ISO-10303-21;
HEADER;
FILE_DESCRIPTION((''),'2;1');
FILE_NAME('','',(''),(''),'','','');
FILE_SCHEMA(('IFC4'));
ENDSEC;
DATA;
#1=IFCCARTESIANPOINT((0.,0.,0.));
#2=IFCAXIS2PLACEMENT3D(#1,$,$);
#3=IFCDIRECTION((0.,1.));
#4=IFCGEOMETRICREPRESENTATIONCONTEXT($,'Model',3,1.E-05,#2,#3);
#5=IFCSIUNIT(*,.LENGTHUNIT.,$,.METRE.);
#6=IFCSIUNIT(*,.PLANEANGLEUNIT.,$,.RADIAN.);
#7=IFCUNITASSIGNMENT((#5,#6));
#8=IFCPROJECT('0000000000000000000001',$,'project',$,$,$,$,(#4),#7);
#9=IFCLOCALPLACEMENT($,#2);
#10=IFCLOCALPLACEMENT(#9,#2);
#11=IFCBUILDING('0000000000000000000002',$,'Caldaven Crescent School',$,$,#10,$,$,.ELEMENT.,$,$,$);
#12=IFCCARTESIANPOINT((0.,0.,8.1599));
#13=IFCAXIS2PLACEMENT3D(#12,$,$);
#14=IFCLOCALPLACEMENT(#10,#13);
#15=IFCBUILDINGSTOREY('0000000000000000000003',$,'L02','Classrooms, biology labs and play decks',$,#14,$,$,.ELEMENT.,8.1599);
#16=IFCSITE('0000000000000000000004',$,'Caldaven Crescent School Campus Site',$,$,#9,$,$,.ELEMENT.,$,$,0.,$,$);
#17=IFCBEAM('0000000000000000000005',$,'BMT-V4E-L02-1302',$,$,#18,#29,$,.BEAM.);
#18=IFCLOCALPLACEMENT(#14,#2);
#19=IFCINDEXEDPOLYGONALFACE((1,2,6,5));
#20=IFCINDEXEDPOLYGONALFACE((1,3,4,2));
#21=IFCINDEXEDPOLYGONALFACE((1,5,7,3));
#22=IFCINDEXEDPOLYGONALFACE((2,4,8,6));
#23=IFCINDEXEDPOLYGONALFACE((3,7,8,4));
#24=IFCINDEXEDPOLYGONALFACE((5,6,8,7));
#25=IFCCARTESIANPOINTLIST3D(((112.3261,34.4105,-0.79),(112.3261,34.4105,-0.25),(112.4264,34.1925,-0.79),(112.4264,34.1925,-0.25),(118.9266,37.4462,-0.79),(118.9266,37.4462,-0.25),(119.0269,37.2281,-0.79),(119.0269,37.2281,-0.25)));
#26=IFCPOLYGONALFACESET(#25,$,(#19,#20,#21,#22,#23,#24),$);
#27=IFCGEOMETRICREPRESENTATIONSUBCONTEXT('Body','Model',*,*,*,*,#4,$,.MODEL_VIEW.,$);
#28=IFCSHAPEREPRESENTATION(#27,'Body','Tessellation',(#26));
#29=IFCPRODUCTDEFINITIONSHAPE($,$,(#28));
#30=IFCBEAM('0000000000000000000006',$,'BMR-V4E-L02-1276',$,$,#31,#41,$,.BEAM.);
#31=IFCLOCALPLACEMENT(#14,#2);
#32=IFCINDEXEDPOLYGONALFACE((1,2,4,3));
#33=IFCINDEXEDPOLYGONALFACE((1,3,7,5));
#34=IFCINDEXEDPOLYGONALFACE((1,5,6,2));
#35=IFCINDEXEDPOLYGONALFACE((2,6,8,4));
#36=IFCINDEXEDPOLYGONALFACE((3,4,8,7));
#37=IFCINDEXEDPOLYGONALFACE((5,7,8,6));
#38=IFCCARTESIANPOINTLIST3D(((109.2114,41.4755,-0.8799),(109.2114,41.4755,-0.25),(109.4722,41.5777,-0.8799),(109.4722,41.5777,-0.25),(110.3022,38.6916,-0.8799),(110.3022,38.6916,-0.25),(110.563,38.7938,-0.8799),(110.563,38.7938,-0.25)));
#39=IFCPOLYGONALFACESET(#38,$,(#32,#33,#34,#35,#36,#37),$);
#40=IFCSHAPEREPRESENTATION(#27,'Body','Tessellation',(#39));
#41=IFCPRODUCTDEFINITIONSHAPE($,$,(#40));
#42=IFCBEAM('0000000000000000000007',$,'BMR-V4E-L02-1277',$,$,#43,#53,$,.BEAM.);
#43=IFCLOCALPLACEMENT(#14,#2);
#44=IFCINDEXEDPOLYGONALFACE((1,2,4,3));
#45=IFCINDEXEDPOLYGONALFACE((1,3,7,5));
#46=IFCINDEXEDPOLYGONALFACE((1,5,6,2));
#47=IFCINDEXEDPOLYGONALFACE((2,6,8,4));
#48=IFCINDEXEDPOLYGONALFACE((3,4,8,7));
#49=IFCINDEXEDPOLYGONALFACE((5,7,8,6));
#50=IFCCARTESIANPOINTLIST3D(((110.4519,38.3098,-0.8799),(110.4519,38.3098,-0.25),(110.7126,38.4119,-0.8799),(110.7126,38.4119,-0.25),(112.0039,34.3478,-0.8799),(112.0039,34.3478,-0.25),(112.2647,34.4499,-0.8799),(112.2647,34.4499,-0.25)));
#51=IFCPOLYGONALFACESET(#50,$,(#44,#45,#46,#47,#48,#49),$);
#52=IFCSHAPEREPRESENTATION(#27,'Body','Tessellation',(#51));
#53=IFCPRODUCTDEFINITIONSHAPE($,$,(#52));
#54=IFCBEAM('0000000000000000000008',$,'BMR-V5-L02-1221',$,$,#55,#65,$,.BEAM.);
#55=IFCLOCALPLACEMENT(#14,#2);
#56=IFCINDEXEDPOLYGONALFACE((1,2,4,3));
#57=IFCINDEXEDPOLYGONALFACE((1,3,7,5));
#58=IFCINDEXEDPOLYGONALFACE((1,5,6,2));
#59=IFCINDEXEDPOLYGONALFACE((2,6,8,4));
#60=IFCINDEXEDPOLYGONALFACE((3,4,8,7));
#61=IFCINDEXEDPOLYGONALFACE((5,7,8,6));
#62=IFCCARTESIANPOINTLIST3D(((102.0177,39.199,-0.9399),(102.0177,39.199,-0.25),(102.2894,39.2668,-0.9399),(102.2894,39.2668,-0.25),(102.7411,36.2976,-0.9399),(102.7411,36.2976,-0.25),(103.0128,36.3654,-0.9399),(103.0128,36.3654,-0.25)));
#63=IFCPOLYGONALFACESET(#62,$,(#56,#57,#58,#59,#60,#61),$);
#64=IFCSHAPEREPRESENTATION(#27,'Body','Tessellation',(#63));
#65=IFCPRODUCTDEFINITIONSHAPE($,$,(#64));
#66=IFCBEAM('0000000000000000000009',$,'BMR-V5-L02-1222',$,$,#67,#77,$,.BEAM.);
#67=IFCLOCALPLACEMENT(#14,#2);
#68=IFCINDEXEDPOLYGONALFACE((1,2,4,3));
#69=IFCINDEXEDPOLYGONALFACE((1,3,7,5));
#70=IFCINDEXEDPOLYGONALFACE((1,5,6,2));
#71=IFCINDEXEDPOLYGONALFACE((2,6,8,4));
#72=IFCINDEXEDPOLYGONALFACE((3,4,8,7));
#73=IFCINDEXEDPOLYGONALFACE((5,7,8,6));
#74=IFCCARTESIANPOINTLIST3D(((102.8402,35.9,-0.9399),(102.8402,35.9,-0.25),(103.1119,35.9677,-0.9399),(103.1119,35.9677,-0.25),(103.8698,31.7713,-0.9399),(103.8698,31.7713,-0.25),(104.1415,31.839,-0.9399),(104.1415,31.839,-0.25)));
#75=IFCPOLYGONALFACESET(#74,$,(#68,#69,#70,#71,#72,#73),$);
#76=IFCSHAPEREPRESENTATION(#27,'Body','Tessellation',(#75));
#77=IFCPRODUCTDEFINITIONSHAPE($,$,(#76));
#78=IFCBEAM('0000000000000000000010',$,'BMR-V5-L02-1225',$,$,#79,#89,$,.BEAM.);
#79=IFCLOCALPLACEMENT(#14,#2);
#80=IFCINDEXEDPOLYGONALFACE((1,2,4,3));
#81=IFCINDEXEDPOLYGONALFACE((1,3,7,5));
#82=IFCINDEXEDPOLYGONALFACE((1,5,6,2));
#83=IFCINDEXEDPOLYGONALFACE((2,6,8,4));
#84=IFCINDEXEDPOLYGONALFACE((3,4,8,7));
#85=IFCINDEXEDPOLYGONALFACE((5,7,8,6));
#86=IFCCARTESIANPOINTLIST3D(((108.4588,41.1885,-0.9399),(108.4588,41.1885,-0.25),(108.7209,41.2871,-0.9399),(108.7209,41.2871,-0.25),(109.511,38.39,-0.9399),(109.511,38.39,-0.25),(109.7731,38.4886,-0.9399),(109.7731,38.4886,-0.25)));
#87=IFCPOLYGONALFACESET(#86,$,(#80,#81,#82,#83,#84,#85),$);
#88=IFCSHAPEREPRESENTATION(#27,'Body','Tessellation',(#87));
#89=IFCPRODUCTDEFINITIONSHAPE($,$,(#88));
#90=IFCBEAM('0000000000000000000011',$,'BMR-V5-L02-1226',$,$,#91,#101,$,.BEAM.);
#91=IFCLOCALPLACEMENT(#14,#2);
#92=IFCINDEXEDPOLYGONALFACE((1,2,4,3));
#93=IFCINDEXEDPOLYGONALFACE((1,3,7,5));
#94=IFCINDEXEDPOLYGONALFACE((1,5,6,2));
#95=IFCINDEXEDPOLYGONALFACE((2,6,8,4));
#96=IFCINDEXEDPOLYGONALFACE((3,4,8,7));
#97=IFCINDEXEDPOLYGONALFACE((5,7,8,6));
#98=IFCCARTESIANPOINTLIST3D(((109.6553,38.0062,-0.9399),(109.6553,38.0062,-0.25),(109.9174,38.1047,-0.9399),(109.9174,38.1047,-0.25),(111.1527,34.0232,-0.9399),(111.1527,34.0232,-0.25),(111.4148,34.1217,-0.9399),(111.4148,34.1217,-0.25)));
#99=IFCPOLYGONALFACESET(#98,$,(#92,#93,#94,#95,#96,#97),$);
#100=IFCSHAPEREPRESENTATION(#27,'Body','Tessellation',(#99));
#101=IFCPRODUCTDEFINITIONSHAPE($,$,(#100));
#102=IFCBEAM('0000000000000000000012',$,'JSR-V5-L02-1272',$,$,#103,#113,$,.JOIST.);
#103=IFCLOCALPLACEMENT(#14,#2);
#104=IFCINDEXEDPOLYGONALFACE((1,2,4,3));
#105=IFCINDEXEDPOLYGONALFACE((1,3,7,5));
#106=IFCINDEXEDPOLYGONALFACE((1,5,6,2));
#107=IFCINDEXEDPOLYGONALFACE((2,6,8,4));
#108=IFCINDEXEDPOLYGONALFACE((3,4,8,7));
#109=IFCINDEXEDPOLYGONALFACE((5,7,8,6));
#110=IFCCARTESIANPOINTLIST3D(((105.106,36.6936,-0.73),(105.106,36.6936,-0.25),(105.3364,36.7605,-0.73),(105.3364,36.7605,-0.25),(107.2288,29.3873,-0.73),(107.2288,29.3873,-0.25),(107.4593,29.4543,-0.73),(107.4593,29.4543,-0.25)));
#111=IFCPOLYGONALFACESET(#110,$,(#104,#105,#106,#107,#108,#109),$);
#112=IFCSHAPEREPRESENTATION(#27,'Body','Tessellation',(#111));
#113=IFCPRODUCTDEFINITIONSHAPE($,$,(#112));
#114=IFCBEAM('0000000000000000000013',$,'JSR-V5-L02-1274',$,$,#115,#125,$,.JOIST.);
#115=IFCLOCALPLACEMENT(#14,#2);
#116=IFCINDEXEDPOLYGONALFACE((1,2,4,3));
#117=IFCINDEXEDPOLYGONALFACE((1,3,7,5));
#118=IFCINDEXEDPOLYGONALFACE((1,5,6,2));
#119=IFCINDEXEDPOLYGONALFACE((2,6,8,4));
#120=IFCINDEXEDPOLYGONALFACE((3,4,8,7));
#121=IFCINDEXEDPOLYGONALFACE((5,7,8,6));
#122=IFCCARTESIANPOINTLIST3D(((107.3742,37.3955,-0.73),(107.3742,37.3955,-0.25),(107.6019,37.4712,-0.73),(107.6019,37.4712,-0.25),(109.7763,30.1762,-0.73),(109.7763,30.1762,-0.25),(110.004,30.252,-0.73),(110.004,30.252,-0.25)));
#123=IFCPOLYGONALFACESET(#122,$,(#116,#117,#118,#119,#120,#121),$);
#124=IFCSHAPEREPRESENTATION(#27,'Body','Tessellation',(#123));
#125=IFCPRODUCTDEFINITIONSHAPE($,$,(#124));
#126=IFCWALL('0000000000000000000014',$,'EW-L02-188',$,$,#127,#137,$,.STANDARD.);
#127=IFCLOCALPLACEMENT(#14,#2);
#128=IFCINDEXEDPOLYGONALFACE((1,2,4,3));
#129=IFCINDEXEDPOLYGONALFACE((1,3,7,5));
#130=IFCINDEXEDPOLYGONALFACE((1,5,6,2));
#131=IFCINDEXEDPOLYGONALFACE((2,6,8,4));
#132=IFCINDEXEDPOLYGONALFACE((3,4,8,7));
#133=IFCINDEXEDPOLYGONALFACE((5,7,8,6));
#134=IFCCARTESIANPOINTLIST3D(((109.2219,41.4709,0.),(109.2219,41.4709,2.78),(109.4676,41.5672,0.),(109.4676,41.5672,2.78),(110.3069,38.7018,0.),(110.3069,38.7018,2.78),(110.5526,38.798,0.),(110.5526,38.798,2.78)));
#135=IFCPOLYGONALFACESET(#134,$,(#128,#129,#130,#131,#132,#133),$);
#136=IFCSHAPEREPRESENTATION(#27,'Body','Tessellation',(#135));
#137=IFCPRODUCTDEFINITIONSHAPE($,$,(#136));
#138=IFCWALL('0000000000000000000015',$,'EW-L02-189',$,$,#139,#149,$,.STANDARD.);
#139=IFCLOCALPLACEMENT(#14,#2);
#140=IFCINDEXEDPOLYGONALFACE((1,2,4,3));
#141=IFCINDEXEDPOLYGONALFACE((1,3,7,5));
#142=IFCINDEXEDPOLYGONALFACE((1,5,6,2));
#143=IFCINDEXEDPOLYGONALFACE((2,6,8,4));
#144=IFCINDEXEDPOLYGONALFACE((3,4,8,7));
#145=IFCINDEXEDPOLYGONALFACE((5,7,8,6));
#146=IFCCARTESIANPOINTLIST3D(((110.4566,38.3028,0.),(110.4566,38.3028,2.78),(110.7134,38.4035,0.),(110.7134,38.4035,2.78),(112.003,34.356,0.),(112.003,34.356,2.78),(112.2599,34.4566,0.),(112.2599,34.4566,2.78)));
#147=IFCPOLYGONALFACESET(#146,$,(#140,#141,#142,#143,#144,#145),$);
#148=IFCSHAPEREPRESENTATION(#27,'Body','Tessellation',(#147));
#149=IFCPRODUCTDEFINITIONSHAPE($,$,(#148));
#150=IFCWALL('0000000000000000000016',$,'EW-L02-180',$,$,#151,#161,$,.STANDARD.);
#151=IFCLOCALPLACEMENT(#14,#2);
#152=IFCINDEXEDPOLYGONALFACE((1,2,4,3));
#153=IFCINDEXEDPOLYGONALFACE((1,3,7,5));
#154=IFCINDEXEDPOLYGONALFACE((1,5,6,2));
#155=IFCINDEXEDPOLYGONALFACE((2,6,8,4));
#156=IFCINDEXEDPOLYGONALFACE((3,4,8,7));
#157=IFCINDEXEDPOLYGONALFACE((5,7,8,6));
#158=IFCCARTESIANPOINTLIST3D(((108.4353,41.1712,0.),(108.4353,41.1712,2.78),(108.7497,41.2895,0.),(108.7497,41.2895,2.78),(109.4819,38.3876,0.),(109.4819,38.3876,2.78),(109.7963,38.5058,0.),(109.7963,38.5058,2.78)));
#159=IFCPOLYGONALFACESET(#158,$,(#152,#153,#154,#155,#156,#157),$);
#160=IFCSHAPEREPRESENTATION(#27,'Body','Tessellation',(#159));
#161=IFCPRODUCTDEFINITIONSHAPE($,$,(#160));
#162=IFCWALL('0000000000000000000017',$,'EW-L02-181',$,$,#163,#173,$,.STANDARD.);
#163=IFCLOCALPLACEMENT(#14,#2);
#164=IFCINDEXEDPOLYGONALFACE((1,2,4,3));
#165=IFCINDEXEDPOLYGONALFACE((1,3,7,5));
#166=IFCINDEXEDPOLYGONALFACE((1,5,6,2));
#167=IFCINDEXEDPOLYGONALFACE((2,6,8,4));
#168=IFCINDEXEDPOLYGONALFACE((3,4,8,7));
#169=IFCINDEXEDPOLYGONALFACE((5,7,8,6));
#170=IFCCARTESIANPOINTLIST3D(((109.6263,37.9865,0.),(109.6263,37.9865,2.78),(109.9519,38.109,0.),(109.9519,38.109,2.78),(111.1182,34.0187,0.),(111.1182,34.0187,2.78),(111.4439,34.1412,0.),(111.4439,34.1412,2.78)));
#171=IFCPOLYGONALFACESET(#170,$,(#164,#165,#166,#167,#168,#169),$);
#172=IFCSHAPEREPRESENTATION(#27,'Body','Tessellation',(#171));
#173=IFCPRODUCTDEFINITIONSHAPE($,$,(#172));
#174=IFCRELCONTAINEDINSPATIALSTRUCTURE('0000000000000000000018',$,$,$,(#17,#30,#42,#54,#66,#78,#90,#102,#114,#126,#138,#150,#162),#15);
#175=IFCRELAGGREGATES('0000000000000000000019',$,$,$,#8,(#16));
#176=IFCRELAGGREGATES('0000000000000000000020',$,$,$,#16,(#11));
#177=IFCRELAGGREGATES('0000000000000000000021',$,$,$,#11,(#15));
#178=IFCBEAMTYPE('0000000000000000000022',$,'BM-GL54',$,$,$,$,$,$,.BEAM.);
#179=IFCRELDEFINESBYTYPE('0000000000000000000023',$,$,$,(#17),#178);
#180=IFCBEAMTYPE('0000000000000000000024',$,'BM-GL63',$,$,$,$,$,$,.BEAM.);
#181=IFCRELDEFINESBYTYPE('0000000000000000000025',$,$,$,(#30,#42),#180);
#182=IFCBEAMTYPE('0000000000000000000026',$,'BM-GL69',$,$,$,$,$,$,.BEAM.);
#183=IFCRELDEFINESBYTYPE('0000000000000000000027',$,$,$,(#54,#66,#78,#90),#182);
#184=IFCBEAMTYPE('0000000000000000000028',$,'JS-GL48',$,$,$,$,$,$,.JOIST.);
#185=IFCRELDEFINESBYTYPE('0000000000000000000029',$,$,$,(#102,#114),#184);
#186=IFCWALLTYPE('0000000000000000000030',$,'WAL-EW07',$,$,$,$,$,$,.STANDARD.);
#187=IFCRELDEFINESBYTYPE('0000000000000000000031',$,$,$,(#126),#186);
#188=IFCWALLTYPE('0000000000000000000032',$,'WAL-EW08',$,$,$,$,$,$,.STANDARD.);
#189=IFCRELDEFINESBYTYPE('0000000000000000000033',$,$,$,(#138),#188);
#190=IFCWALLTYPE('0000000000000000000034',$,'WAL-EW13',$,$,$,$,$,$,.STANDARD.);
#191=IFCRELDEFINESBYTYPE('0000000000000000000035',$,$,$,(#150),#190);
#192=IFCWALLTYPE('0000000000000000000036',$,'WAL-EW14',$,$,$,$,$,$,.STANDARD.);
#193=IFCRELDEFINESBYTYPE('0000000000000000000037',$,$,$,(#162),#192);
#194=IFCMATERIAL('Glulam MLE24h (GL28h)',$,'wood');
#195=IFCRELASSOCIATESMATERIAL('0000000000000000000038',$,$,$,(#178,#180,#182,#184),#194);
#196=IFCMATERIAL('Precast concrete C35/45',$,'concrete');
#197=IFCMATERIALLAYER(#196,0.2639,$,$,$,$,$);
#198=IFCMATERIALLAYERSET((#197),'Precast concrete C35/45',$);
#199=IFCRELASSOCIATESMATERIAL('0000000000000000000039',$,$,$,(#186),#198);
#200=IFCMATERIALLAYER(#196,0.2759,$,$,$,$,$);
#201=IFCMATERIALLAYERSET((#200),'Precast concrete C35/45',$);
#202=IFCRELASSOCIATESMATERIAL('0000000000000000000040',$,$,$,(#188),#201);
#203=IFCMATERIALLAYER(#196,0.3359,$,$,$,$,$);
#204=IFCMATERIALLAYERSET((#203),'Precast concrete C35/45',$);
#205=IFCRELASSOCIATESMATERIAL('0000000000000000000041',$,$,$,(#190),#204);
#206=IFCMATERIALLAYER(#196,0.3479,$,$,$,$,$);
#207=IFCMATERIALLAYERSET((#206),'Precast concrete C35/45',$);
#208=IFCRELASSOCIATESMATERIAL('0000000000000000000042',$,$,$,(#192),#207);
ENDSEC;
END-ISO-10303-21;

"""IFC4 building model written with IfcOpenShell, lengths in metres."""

from ifc_helpers import new_model, si_unit, direction, frame, frame_2d, origin, origin_2d, place, context, subcontext, project, spatial, rectangle, extrude, material, layer, layer_set, material_profile, profile_set, type_object, element, save


model = new_model("IFC4")

# Units and contexts
model_context = context("Model", 3, precision=1e-05, world=origin(), true_north=direction((0.0, 1.0)))
body_context = subcontext(model_context, "Body", "Model", "MODEL_VIEW")
ifc_project = project(units=[si_unit("LENGTHUNIT", "METRE"), si_unit("PLANEANGLEUNIT", "RADIAN")], contexts=[model_context])

# Site, building, storey
site_placement = place(None, origin())
site = spatial("IfcSite", under=ifc_project, at=site_placement, Name="Caldaven Crescent School Campus Site", CompositionType="ELEMENT", RefElevation=0.0)
building_placement = place(site_placement, origin())
building = spatial("IfcBuilding", under=site, at=building_placement, Name="Caldaven Crescent School", CompositionType="ELEMENT")
storey_placement = place(building_placement, frame((0.0, 0.0, 8.1599)))
storey = spatial("IfcBuildingStorey", under=building, at=storey_placement, Name="L02", Description="Classrooms, biology labs and play decks", CompositionType="ELEMENT", Elevation=8.1599)

# Shared definitions
ifc_material_1 = material(Name="Glulam MLE24h (GL28h)", Category="wood")

# Beams
ifc_material_profile_1 = material_profile(ifc_material_1, rectangle(XDim=0.24, YDim=0.54, at=origin_2d()), Name="MLE 240x540")
ifc_profile_set_1 = profile_set([ifc_material_profile_1], Name="Glulam MLE24h (GL28h)")
beam_type_1 = type_object("IfcBeamType", Name="BM-GL54", PredefinedType="BEAM", material=ifc_profile_set_1)
beam_1_placement = place(storey_placement, frame((112.3762, 34.3015, -0.52), z_axis=(0.908523, 0.417835, 0.0), x_axis=(-0.417835, 0.908523, 0.0)))
element("IfcBeam", 1, at=beam_1_placement, inside=storey, type_object=beam_type_1, Name="BMT-V4E-L02-1302", PredefinedType="BEAM", context=body_context, shape_type="SweptSolid", body=[
    extrude(rectangle(XDim=0.24, YDim=0.54, at=origin_2d()), origin(), (0.0, 0.0, 1.0), 7.2651),
])
ifc_material_profile_2 = material_profile(ifc_material_1, rectangle(XDim=0.28, YDim=0.6299, at=origin_2d()), Name="MLE 280x630")
ifc_profile_set_2 = profile_set([ifc_material_profile_2], Name="Glulam MLE24h (GL28h)")
beam_type_2 = type_object("IfcBeamType", Name="BM-GL63", PredefinedType="BEAM", material=ifc_profile_set_2)
beam_2_placement = place(storey_placement, frame((109.3418, 41.5266, -0.5649), z_axis=(0.364821, -0.931078, 0.0), x_axis=(0.931078, 0.364821, 0.0)))
element("IfcBeam", 2, at=beam_2_placement, inside=storey, type_object=beam_type_2, Name="BMR-V4E-L02-1276", PredefinedType="BEAM", context=body_context, shape_type="SweptSolid", body=[
    extrude(rectangle(XDim=0.28, YDim=0.6299, at=origin_2d()), origin(), (0.0, 0.0, 1.0), 2.99),
])
beam_3_placement = place(storey_placement, frame((110.5823, 38.3608, -0.5649), z_axis=(0.364743, -0.931108, 0.0), x_axis=(0.931108, 0.364743, 0.0)))
element("IfcBeam", 3, at=beam_3_placement, inside=storey, type_object=beam_type_2, Name="BMR-V4E-L02-1277", PredefinedType="BEAM", context=body_context, shape_type="SweptSolid", body=[
    extrude(rectangle(XDim=0.28, YDim=0.6299, at=origin_2d()), origin(), (0.0, 0.0, 1.0), 4.2551),
])
ifc_material_profile_3 = material_profile(ifc_material_1, rectangle(XDim=0.28, YDim=0.6899, at=origin_2d()), Name="MLE 280x690")
ifc_profile_set_3 = profile_set([ifc_material_profile_3], Name="Glulam MLE24h (GL28h)")
beam_type_3 = type_object("IfcBeamType", Name="BM-GL69", PredefinedType="BEAM", material=ifc_profile_set_3)
beam_4_placement = place(storey_placement, frame((102.1536, 39.2329, -0.595), z_axis=(0.241921, -0.970296, 0.0), x_axis=(0.970296, 0.241921, 0.0)))
element("IfcBeam", 4, at=beam_4_placement, inside=storey, type_object=beam_type_3, Name="BMR-V5-L02-1221", PredefinedType="BEAM", context=body_context, shape_type="SweptSolid", body=[
    extrude(rectangle(XDim=0.28, YDim=0.6899, at=origin_2d()), origin(), (0.0, 0.0, 1.0), 2.9902),
])
beam_5_placement = place(storey_placement, frame((102.9761, 35.9338, -0.595), z_axis=(0.241955, -0.970287, 0.0), x_axis=(0.970287, 0.241955, 0.0)))
element("IfcBeam", 5, at=beam_5_placement, inside=storey, type_object=beam_type_3, Name="BMR-V5-L02-1222", PredefinedType="BEAM", context=body_context, shape_type="SweptSolid", body=[
    extrude(rectangle(XDim=0.28, YDim=0.6899, at=origin_2d()), origin(), (0.0, 0.0, 1.0), 4.2551),
])
beam_6_placement = place(storey_placement, frame((108.5898, 41.2378, -0.595), z_axis=(0.351938, -0.936023, 0.0), x_axis=(0.936023, 0.351938, 0.0)))
element("IfcBeam", 6, at=beam_6_placement, inside=storey, type_object=beam_type_3, Name="BMR-V5-L02-1225", PredefinedType="BEAM", context=body_context, shape_type="SweptSolid", body=[
    extrude(rectangle(XDim=0.28, YDim=0.6899, at=origin_2d()), origin(), (0.0, 0.0, 1.0), 2.9897),
])
beam_7_placement = place(storey_placement, frame((109.7864, 38.0554, -0.595), z_axis=(0.35189, -0.936041, 0.0), x_axis=(0.936041, 0.35189, 0.0)))
element("IfcBeam", 7, at=beam_7_placement, inside=storey, type_object=beam_type_3, Name="BMR-V5-L02-1226", PredefinedType="BEAM", context=body_context, shape_type="SweptSolid", body=[
    extrude(rectangle(XDim=0.28, YDim=0.6899, at=origin_2d()), origin(), (0.0, 0.0, 1.0), 4.2551),
])
ifc_material_profile_4 = material_profile(ifc_material_1, rectangle(XDim=0.24, YDim=0.48, at=origin_2d()), Name="MLE 240x480")
ifc_profile_set_4 = profile_set([ifc_material_profile_4], Name="Glulam MLE24h (GL28h)")
beam_type_4 = type_object("IfcBeamType", Name="JS-GL48", PredefinedType="JOIST", material=ifc_profile_set_4)
for number, where, z_axis, x_axis, name in (
    (8, (105.2212, 36.7271, -0.49), (0.279012, -0.960288, 0.0), (0.960288, 0.279012, 0.0), "JSR-V5-L02-1272"),
    (9, (107.488, 37.4333, -0.49), (0.315718, -0.948853, 0.0), (0.948853, 0.315718, 0.0), "JSR-V5-L02-1274"),
):
    element("IfcBeam", number, at=place(storey_placement, frame(where, z_axis=z_axis, x_axis=x_axis)), inside=storey, type_object=beam_type_4, Name=name, PredefinedType="JOIST", context=body_context, shape_type="SweptSolid", body=[
        extrude(rectangle(XDim=0.24, YDim=0.48, at=origin_2d()), origin(), (0.0, 0.0, 1.0), 7.6084),
    ])

# Walls
ifc_material_2 = material(Name="Precast concrete C35/45", Category="concrete")
ifc_layer_1 = layer(ifc_material_2, 0.2639)
ifc_layer_set_1 = layer_set([ifc_layer_1], Name="Precast concrete C35/45")
wall_type_1 = type_object("IfcWallType", Name="WAL-EW07", PredefinedType="STANDARD", material=ifc_layer_set_1)
wall_1_placement = place(storey_placement, frame((109.3447, 41.519, 0.0), z_axis=(0.0, 0.0, 1.0), x_axis=(0.364814, -0.93108, 0.0)))
element("IfcWall", 10, at=wall_1_placement, inside=storey, type_object=wall_type_1, Name="EW-L02-188", PredefinedType="STANDARD", context=body_context, shape_type="SweptSolid", body=[
    extrude(rectangle(XDim=2.9741, YDim=0.2639, at=frame_2d((1.4871, 0.0))), origin(), (0.0, 0.0, 1.0), 2.78),
])
ifc_layer_2 = layer(ifc_material_2, 0.2759)
ifc_layer_set_2 = layer_set([ifc_layer_2], Name="Precast concrete C35/45")
wall_type_2 = type_object("IfcWallType", Name="WAL-EW08", PredefinedType="STANDARD", material=ifc_layer_set_2)
wall_2_placement = place(storey_placement, frame((110.585, 38.3533, 0.0), z_axis=(0.0, 0.0, 1.0), x_axis=(0.364808, -0.931083, 0.0)))
element("IfcWall", 11, at=wall_2_placement, inside=storey, type_object=wall_type_2, Name="EW-L02-189", PredefinedType="STANDARD", context=body_context, shape_type="SweptSolid", body=[
    extrude(rectangle(XDim=4.239, YDim=0.2759, at=frame_2d((2.1196, 0.0))), origin(), (0.0, 0.0, 1.0), 2.78),
])
ifc_layer_3 = layer(ifc_material_2, 0.3359)
ifc_layer_set_3 = layer_set([ifc_layer_3], Name="Precast concrete C35/45")
wall_type_3 = type_object("IfcWallType", Name="WAL-EW13", PredefinedType="STANDARD", material=ifc_layer_set_3)
wall_3_placement = place(storey_placement, frame((108.5925, 41.2302, 0.0), z_axis=(0.0, 0.0, 1.0), x_axis=(0.351933, -0.936025, 0.0)))
element("IfcWall", 12, at=wall_3_placement, inside=storey, type_object=wall_type_3, Name="EW-L02-180", PredefinedType="STANDARD", context=body_context, shape_type="SweptSolid", body=[
    extrude(rectangle(XDim=2.9739, YDim=0.3359, at=frame_2d((1.4868, 0.0))), origin(), (0.0, 0.0, 1.0), 2.78),
])
ifc_layer_4 = layer(ifc_material_2, 0.3479)
ifc_layer_set_4 = layer_set([ifc_layer_4], Name="Precast concrete C35/45")
wall_type_4 = type_object("IfcWallType", Name="WAL-EW14", PredefinedType="STANDARD", material=ifc_layer_set_4)
wall_4_placement = place(storey_placement, frame((109.7891, 38.0479, 0.0), z_axis=(0.0, 0.0, 1.0), x_axis=(0.351956, -0.936016, 0.0)))
element("IfcWall", 13, at=wall_4_placement, inside=storey, type_object=wall_type_4, Name="EW-L02-181", PredefinedType="STANDARD", context=body_context, shape_type="SweptSolid", body=[
    extrude(rectangle(XDim=4.239, YDim=0.3479, at=frame_2d((2.1196, 0.0))), origin(), (0.0, 0.0, 1.0), 2.78),
])

save(model, "model.ifc")
